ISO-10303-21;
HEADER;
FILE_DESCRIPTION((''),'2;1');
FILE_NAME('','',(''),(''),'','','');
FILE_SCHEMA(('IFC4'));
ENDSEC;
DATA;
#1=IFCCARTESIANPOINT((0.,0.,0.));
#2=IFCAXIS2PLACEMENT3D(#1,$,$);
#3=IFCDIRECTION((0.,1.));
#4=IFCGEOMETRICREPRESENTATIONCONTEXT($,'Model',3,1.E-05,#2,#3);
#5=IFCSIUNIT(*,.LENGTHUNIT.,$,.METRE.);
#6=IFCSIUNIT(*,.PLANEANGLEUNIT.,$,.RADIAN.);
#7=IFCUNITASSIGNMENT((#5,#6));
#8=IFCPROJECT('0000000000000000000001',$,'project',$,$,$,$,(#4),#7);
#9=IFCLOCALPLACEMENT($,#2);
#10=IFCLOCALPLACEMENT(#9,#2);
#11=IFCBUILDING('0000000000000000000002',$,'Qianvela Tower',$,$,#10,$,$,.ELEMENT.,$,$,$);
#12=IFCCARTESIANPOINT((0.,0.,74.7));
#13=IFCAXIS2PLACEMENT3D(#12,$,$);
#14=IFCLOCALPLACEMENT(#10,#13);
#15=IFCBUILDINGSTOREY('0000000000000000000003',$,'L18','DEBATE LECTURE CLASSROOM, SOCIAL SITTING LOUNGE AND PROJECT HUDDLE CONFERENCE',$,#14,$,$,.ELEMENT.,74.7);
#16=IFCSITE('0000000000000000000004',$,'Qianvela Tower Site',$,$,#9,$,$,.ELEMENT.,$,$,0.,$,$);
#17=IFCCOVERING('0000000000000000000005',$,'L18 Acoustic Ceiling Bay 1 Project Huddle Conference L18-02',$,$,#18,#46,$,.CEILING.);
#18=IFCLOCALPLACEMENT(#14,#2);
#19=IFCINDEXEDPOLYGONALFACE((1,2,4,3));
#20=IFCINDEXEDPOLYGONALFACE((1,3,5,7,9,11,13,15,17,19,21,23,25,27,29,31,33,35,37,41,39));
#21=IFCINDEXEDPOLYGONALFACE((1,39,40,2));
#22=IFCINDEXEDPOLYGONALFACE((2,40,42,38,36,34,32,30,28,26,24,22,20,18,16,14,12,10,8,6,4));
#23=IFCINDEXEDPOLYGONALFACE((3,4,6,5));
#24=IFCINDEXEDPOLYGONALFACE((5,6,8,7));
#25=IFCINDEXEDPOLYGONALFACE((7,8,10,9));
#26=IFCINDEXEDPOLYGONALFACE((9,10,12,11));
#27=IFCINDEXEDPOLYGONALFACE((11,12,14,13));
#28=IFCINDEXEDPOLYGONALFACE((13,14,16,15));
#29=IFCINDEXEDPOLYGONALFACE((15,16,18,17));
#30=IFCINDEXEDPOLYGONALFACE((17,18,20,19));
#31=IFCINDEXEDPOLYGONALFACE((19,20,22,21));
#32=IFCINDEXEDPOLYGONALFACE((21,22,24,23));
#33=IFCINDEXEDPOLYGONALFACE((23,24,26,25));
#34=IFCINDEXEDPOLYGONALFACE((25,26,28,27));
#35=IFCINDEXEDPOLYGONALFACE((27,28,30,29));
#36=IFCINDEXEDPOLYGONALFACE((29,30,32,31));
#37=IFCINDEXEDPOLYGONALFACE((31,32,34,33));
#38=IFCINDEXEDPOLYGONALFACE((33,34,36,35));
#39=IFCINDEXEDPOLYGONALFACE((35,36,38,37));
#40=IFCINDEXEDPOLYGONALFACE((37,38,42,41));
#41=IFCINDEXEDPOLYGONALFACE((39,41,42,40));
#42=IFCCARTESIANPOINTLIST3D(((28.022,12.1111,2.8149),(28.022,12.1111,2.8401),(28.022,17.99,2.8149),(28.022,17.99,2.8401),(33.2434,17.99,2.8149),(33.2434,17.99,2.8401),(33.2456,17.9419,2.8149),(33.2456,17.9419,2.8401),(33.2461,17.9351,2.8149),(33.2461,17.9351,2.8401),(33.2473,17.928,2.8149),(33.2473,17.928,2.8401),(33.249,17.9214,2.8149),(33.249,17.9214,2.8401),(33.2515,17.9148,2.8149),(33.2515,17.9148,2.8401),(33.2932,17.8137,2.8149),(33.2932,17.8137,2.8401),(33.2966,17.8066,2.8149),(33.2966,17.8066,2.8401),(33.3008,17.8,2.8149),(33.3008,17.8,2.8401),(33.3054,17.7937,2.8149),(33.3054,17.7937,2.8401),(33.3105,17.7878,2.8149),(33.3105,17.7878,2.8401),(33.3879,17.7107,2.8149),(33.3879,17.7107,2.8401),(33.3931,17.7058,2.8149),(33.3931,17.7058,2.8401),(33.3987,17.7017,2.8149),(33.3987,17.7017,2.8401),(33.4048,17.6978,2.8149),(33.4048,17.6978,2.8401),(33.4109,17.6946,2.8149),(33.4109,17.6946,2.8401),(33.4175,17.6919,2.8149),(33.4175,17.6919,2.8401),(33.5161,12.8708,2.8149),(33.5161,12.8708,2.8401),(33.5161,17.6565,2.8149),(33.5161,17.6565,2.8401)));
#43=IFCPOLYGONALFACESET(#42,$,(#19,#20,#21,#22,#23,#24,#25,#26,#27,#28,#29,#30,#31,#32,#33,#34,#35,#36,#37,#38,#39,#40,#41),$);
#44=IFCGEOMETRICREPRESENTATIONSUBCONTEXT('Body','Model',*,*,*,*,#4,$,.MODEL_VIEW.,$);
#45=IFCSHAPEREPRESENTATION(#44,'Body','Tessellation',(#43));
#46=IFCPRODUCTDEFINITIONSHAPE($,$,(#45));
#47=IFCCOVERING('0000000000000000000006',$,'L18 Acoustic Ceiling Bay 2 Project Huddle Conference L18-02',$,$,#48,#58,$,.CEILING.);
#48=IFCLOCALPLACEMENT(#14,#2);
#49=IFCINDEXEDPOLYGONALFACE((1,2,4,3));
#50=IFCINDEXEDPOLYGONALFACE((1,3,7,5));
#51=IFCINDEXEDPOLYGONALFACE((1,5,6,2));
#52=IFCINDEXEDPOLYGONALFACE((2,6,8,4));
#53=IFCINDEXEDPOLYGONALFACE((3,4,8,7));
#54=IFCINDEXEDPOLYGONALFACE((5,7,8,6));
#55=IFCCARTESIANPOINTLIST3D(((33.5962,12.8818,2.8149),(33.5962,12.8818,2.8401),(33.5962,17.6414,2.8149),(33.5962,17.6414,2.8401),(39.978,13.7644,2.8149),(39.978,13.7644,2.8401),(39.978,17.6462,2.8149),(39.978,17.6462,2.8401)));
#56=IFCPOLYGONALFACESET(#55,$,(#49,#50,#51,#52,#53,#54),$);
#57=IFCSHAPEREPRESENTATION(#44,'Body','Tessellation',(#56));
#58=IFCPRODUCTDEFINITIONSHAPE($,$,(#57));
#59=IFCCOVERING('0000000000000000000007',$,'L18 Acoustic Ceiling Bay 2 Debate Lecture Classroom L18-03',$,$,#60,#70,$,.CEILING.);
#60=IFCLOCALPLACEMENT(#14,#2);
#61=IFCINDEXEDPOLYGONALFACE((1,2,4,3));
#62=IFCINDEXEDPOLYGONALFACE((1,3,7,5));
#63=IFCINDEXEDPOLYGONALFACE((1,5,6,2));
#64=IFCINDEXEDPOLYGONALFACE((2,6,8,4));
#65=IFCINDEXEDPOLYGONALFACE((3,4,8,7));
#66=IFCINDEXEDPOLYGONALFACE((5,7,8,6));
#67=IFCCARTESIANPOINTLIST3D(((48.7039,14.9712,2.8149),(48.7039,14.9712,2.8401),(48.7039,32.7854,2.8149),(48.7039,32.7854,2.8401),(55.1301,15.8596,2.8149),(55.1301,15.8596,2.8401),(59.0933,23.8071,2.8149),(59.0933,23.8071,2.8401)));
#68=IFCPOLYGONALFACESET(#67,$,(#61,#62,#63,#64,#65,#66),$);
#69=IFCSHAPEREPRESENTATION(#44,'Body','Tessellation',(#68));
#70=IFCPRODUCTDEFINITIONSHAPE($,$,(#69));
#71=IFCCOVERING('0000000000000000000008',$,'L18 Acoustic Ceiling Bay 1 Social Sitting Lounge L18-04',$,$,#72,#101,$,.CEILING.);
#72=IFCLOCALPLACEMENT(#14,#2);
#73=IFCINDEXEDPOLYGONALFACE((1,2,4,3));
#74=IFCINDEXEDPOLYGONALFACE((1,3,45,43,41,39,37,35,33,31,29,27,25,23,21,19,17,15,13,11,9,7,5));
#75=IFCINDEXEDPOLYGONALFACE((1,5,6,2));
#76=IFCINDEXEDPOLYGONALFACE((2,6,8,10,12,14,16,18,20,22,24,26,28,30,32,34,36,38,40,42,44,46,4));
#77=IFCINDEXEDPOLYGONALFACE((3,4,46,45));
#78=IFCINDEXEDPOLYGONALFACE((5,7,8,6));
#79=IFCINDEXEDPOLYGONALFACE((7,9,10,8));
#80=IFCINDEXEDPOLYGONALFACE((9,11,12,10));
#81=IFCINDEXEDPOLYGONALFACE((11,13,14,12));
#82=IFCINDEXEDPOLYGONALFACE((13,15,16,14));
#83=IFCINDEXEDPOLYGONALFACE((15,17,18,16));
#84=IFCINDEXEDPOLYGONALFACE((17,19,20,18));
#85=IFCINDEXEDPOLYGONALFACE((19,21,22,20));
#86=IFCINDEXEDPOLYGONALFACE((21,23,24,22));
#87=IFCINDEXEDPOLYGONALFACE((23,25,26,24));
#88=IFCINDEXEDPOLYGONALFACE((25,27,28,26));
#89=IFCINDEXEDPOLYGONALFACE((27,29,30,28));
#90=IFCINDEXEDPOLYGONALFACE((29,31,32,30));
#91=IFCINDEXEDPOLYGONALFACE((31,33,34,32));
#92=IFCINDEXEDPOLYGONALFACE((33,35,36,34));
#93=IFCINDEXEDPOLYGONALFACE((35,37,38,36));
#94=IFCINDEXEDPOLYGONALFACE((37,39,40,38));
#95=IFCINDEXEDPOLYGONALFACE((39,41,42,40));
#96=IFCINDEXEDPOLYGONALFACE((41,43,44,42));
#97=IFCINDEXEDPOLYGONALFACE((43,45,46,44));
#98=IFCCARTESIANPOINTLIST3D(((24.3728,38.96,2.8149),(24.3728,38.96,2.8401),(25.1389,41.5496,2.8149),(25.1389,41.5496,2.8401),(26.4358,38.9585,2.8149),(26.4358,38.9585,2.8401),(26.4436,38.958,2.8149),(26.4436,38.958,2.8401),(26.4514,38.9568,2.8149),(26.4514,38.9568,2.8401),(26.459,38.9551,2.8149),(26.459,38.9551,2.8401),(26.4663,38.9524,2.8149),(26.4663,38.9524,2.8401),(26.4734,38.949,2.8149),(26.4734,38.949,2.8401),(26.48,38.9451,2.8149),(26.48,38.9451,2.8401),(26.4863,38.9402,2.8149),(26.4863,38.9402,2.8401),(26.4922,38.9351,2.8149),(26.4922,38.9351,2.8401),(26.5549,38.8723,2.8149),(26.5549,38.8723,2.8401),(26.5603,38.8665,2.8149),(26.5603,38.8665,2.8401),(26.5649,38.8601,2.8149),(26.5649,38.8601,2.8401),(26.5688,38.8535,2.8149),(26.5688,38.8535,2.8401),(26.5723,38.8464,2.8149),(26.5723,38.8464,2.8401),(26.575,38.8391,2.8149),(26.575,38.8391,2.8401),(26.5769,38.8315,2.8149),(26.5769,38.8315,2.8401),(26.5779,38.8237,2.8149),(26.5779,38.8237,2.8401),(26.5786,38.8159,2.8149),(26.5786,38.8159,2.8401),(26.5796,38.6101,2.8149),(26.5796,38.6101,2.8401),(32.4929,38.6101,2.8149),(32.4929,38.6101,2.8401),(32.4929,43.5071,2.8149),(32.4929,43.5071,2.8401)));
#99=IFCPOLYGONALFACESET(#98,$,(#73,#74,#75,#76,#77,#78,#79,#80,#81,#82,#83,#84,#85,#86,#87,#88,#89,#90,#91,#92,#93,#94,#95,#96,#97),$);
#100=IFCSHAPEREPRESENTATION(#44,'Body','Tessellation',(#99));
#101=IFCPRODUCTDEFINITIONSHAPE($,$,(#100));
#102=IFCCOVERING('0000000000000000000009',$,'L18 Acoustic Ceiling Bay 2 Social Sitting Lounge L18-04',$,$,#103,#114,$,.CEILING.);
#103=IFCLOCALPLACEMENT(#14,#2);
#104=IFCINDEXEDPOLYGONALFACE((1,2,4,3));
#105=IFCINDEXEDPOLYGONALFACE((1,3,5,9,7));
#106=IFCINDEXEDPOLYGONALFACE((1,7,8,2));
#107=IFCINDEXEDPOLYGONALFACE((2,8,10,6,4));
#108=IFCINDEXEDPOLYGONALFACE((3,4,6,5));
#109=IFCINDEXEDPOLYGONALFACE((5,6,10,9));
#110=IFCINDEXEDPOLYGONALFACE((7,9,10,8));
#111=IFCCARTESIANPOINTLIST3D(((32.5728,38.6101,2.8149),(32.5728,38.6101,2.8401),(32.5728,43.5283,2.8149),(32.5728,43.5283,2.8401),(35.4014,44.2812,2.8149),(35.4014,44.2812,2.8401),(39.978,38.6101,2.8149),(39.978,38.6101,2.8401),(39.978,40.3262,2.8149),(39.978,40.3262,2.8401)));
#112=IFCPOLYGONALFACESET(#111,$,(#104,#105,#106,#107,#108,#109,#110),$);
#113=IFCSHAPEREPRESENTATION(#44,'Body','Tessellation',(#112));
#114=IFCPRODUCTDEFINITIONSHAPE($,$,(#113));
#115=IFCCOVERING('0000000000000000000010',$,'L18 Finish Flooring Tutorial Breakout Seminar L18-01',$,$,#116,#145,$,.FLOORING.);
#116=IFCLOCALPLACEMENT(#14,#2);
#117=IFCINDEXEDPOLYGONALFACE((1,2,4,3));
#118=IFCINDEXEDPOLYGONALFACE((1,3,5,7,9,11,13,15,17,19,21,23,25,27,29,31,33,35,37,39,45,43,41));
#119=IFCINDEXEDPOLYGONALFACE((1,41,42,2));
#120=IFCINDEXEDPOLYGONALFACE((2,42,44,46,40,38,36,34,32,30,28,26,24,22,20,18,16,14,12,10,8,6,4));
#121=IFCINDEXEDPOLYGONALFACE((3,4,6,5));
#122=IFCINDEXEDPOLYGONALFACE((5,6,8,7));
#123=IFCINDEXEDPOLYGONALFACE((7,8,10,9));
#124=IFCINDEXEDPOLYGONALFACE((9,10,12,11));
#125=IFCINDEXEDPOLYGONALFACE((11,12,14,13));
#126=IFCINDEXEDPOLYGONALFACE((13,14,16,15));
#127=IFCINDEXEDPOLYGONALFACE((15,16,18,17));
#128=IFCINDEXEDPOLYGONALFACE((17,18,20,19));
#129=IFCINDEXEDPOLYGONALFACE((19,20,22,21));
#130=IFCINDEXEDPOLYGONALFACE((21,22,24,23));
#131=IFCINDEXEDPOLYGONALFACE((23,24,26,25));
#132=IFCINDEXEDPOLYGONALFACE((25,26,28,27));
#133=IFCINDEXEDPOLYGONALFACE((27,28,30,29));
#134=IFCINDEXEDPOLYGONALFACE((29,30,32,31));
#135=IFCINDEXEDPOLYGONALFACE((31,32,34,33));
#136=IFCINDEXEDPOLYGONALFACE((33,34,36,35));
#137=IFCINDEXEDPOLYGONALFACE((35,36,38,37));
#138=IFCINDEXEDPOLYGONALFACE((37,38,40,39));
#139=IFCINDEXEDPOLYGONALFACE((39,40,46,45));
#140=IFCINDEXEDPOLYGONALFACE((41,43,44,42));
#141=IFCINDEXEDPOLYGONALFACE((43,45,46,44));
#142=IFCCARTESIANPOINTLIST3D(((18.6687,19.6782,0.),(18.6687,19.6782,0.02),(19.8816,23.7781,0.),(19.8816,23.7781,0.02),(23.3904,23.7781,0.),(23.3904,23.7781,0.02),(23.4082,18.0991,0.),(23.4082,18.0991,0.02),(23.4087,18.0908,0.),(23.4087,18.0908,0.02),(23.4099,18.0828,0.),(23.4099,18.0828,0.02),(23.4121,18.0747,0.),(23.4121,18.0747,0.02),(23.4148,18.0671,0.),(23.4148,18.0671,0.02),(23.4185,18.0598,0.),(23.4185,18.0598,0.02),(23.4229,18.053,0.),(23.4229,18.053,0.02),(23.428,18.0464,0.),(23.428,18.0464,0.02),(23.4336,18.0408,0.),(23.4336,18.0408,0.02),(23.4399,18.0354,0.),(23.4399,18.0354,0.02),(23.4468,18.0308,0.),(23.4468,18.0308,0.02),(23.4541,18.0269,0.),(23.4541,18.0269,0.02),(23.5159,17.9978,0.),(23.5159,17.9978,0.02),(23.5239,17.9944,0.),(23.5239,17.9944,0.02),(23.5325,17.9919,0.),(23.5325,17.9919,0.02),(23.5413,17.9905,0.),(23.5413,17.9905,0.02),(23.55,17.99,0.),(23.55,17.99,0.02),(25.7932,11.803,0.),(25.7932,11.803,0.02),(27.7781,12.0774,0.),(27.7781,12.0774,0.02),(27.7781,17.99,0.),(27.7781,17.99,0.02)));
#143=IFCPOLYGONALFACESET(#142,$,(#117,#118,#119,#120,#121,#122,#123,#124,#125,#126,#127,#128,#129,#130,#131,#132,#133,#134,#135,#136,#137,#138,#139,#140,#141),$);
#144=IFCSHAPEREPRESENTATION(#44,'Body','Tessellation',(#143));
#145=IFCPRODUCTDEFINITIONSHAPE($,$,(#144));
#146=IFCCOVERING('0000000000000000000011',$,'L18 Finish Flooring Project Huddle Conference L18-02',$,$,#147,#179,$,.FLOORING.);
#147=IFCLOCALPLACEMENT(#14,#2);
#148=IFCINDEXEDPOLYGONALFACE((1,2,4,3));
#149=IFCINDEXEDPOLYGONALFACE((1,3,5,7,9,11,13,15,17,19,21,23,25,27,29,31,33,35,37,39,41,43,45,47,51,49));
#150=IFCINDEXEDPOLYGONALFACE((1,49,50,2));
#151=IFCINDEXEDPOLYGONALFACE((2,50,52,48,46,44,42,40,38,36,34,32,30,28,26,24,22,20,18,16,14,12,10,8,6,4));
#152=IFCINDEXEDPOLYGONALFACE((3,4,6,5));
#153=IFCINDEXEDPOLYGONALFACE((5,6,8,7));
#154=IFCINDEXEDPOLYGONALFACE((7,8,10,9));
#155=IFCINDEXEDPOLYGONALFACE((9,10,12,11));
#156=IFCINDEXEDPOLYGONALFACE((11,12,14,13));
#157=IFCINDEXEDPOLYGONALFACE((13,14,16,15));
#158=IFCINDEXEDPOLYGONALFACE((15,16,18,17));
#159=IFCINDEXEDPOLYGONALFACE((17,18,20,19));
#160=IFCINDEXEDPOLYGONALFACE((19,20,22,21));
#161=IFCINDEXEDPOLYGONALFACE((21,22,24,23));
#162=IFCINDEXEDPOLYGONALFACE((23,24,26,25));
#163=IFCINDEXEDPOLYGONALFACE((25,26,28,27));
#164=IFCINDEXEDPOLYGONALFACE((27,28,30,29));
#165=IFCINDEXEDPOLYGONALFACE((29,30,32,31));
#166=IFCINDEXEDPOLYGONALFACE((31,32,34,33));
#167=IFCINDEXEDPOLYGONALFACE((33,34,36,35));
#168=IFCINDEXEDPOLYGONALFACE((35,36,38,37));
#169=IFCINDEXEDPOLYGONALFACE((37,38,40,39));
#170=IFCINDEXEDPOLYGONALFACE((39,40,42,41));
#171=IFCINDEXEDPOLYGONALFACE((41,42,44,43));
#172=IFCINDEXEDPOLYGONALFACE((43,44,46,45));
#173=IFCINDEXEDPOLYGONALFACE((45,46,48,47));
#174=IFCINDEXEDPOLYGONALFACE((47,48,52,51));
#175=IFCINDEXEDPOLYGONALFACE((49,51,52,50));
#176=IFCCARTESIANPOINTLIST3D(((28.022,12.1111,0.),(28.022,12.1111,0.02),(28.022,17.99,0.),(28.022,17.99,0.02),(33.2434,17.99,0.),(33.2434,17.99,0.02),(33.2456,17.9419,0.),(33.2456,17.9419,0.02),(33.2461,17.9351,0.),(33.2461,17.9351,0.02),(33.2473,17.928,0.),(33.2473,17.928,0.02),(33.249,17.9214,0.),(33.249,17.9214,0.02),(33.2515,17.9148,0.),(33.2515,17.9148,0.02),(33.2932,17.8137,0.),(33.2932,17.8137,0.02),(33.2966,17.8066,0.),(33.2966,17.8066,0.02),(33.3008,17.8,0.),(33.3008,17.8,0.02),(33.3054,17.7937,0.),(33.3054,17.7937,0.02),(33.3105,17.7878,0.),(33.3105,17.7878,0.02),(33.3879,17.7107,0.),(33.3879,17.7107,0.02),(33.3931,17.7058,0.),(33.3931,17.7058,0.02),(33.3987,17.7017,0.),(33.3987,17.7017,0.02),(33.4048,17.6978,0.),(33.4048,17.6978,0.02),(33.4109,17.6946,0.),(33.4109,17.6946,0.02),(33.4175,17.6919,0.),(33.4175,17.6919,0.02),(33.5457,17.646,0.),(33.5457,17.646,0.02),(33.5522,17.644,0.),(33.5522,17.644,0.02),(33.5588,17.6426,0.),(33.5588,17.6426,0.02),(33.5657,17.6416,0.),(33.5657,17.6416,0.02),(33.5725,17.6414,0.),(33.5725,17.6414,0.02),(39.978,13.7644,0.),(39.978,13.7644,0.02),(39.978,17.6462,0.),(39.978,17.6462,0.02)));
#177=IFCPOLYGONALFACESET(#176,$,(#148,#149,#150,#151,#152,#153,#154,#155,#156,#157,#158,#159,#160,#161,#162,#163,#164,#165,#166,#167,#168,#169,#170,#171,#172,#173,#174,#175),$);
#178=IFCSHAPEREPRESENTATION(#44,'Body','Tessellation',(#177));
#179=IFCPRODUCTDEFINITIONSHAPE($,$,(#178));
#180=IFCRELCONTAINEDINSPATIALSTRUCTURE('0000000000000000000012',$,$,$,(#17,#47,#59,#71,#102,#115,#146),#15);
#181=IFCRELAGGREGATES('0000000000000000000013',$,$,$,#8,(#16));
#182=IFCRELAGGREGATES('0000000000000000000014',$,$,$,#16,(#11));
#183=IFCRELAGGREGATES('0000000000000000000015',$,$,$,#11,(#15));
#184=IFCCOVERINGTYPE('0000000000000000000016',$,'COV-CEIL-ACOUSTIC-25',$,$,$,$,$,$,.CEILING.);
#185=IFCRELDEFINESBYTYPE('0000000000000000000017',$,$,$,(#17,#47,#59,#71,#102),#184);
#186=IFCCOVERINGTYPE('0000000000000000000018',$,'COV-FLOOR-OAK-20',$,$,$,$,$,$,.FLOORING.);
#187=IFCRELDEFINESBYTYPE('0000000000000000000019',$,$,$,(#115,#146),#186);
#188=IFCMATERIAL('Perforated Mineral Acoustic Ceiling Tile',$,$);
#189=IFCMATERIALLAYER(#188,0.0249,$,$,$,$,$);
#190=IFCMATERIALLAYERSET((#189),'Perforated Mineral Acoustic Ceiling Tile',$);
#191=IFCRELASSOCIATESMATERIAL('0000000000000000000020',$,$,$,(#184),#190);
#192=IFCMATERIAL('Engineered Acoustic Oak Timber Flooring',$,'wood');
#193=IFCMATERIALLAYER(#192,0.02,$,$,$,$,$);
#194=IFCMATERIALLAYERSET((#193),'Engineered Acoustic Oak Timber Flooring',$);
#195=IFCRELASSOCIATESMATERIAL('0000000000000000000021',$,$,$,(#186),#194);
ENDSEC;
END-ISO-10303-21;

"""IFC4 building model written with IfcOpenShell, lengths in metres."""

from ifc_helpers import new_model, si_unit, direction, frame, origin, place, context, subcontext, project, spatial, polyline, outline, extrude, material, layer, layer_set, type_object, element, save


model = new_model("IFC4")

# Units and contexts
model_context = context("Model", 3, precision=1e-05, world=origin(), true_north=direction((0.0, 1.0)))
body_context = subcontext(model_context, "Body", "Model", "MODEL_VIEW")
ifc_project = project(units=[si_unit("LENGTHUNIT", "METRE"), si_unit("PLANEANGLEUNIT", "RADIAN")], contexts=[model_context])

# Site, building, storey
site_placement = place(None, origin())
site = spatial("IfcSite", under=ifc_project, at=site_placement, Name="Qianvela Tower Site", CompositionType="ELEMENT", RefElevation=0.0)
building_placement = place(site_placement, origin())
building = spatial("IfcBuilding", under=site, at=building_placement, Name="Qianvela Tower", CompositionType="ELEMENT")
storey_placement = place(building_placement, frame((0.0, 0.0, 74.7)))
storey = spatial("IfcBuildingStorey", under=building, at=storey_placement, Name="L18", Description="DEBATE LECTURE CLASSROOM, SOCIAL SITTING LOUNGE AND PROJECT HUDDLE CONFERENCE", CompositionType="ELEMENT", Elevation=74.7)

# Coverings
ifc_material_1 = material(Name="Perforated Mineral Acoustic Ceiling Tile")
ifc_layer_1 = layer(ifc_material_1, 0.0249)
ifc_layer_set_1 = layer_set([ifc_layer_1], Name="Perforated Mineral Acoustic Ceiling Tile")
covering_type_1 = type_object("IfcCoveringType", Name="COV-CEIL-ACOUSTIC-25", PredefinedType="CEILING", material=ifc_layer_set_1)
covering_1_placement = place(storey_placement, frame((0.0, 0.0, 2.8149)))
element("IfcCovering", 1, at=covering_1_placement, inside=storey, type_object=covering_type_1, Name="L18 Acoustic Ceiling Bay 1 Project Huddle Conference L18-02", PredefinedType="CEILING", context=body_context, shape_type="SweptSolid", body=[
    extrude(outline(polyline([(33.2461, 17.9351), (33.2473, 17.928), (33.249, 17.9214), (33.2515, 17.9148), (33.2932, 17.8137), (33.2966, 17.8066), (33.3008, 17.8), (33.3054, 17.7937), (33.3105, 17.7878), (33.3879, 17.7107), (33.3931, 17.7058), (33.3987, 17.7017), (33.4048, 17.6978), (33.4109, 17.6946), (33.4175, 17.6919), (33.5161, 17.6565), (33.5161, 12.8708), (28.022, 12.1111), (28.022, 17.99), (33.2434, 17.99), (33.2456, 17.9419), (33.2461, 17.9351)])), origin(), (0.0, 0.0, 1.0), 0.0251),
])
covering_2_placement = place(storey_placement, frame((0.0, 0.0, 2.8149)))
element("IfcCovering", 2, at=covering_2_placement, inside=storey, type_object=covering_type_1, Name="L18 Acoustic Ceiling Bay 2 Project Huddle Conference L18-02", PredefinedType="CEILING", context=body_context, shape_type="SweptSolid", body=[
    extrude(outline(polyline([(39.978, 17.6462), (39.978, 13.7644), (33.5962, 12.8818), (33.5962, 17.6414), (39.978, 17.6462)])), origin(), (0.0, 0.0, 1.0), 0.0251),
])
covering_3_placement = place(storey_placement, frame((0.0, 0.0, 2.8149)))
element("IfcCovering", 3, at=covering_3_placement, inside=storey, type_object=covering_type_1, Name="L18 Acoustic Ceiling Bay 2 Debate Lecture Classroom L18-03", PredefinedType="CEILING", context=body_context, shape_type="SweptSolid", body=[
    extrude(outline(polyline([(59.0933, 23.8071), (55.1301, 15.8596), (48.7039, 14.9712), (48.7039, 32.7854), (59.0933, 23.8071)])), origin(), (0.0, 0.0, 1.0), 0.0251),
])
covering_4_placement = place(storey_placement, frame((0.0, 0.0, 2.8149)))
element("IfcCovering", 4, at=covering_4_placement, inside=storey, type_object=covering_type_1, Name="L18 Acoustic Ceiling Bay 1 Social Sitting Lounge L18-04", PredefinedType="CEILING", context=body_context, shape_type="SweptSolid", body=[
    extrude(outline(polyline([(26.5796, 38.6101), (26.5786, 38.8159), (26.5779, 38.8237), (26.5769, 38.8315), (26.575, 38.8391), (26.5723, 38.8464), (26.5688, 38.8535), (26.5649, 38.8601), (26.5603, 38.8665), (26.5549, 38.8723), (26.4922, 38.9351), (26.4863, 38.9402), (26.48, 38.9451), (26.4734, 38.949), (26.4663, 38.9524), (26.459, 38.9551), (26.4514, 38.9568), (26.4436, 38.958), (26.4358, 38.9585), (24.3728, 38.96), (25.1389, 41.5496), (32.4929, 43.5071), (32.4929, 38.6101), (26.5796, 38.6101)])), origin(), (0.0, 0.0, 1.0), 0.0251),
])
covering_5_placement = place(storey_placement, frame((0.0, 0.0, 2.8149)))
element("IfcCovering", 5, at=covering_5_placement, inside=storey, type_object=covering_type_1, Name="L18 Acoustic Ceiling Bay 2 Social Sitting Lounge L18-04", PredefinedType="CEILING", context=body_context, shape_type="SweptSolid", body=[
    extrude(outline(polyline([(39.978, 38.6101), (32.5728, 38.6101), (32.5728, 43.5283), (35.4014, 44.2812), (39.978, 40.3262), (39.978, 38.6101)])), origin(), (0.0, 0.0, 1.0), 0.0251),
])
ifc_material_2 = material(Name="Engineered Acoustic Oak Timber Flooring", Category="wood")
ifc_layer_2 = layer(ifc_material_2, 0.02)
ifc_layer_set_2 = layer_set([ifc_layer_2], Name="Engineered Acoustic Oak Timber Flooring")
covering_type_2 = type_object("IfcCoveringType", Name="COV-FLOOR-OAK-20", PredefinedType="FLOORING", material=ifc_layer_set_2)
covering_6_placement = place(storey_placement, origin())
element("IfcCovering", 6, at=covering_6_placement, inside=storey, type_object=covering_type_2, Name="L18 Finish Flooring Tutorial Breakout Seminar L18-01", PredefinedType="FLOORING", context=body_context, shape_type="SweptSolid", body=[
    extrude(outline(polyline([(19.8816, 23.7781), (23.3904, 23.7781), (23.4082, 18.0991), (23.4087, 18.0908), (23.4099, 18.0828), (23.4121, 18.0747), (23.4148, 18.0671), (23.4185, 18.0598), (23.4229, 18.053), (23.428, 18.0464), (23.4336, 18.0408), (23.4399, 18.0354), (23.4468, 18.0308), (23.4541, 18.0269), (23.5159, 17.9978), (23.5239, 17.9944), (23.5325, 17.9919), (23.5413, 17.9905), (23.55, 17.99), (27.7781, 17.99), (27.7781, 12.0774), (25.7932, 11.803), (18.6687, 19.6782), (19.8816, 23.7781)])), origin(), (0.0, 0.0, 1.0), 0.02),
])
covering_7_placement = place(storey_placement, origin())
element("IfcCovering", 7, at=covering_7_placement, inside=storey, type_object=covering_type_2, Name="L18 Finish Flooring Project Huddle Conference L18-02", PredefinedType="FLOORING", context=body_context, shape_type="SweptSolid", body=[
    extrude(outline(polyline([(33.2456, 17.9419), (33.2461, 17.9351), (33.2473, 17.928), (33.249, 17.9214), (33.2515, 17.9148), (33.2932, 17.8137), (33.2966, 17.8066), (33.3008, 17.8), (33.3054, 17.7937), (33.3105, 17.7878), (33.3879, 17.7107), (33.3931, 17.7058), (33.3987, 17.7017), (33.4048, 17.6978), (33.4109, 17.6946), (33.4175, 17.6919), (33.5457, 17.646), (33.5522, 17.644), (33.5588, 17.6426), (33.5657, 17.6416), (33.5725, 17.6414), (39.978, 17.6462), (39.978, 13.7644), (28.022, 12.1111), (28.022, 17.99), (33.2434, 17.99), (33.2456, 17.9419)])), origin(), (0.0, 0.0, 1.0), 0.02),
])

save(model, "model.ifc")
